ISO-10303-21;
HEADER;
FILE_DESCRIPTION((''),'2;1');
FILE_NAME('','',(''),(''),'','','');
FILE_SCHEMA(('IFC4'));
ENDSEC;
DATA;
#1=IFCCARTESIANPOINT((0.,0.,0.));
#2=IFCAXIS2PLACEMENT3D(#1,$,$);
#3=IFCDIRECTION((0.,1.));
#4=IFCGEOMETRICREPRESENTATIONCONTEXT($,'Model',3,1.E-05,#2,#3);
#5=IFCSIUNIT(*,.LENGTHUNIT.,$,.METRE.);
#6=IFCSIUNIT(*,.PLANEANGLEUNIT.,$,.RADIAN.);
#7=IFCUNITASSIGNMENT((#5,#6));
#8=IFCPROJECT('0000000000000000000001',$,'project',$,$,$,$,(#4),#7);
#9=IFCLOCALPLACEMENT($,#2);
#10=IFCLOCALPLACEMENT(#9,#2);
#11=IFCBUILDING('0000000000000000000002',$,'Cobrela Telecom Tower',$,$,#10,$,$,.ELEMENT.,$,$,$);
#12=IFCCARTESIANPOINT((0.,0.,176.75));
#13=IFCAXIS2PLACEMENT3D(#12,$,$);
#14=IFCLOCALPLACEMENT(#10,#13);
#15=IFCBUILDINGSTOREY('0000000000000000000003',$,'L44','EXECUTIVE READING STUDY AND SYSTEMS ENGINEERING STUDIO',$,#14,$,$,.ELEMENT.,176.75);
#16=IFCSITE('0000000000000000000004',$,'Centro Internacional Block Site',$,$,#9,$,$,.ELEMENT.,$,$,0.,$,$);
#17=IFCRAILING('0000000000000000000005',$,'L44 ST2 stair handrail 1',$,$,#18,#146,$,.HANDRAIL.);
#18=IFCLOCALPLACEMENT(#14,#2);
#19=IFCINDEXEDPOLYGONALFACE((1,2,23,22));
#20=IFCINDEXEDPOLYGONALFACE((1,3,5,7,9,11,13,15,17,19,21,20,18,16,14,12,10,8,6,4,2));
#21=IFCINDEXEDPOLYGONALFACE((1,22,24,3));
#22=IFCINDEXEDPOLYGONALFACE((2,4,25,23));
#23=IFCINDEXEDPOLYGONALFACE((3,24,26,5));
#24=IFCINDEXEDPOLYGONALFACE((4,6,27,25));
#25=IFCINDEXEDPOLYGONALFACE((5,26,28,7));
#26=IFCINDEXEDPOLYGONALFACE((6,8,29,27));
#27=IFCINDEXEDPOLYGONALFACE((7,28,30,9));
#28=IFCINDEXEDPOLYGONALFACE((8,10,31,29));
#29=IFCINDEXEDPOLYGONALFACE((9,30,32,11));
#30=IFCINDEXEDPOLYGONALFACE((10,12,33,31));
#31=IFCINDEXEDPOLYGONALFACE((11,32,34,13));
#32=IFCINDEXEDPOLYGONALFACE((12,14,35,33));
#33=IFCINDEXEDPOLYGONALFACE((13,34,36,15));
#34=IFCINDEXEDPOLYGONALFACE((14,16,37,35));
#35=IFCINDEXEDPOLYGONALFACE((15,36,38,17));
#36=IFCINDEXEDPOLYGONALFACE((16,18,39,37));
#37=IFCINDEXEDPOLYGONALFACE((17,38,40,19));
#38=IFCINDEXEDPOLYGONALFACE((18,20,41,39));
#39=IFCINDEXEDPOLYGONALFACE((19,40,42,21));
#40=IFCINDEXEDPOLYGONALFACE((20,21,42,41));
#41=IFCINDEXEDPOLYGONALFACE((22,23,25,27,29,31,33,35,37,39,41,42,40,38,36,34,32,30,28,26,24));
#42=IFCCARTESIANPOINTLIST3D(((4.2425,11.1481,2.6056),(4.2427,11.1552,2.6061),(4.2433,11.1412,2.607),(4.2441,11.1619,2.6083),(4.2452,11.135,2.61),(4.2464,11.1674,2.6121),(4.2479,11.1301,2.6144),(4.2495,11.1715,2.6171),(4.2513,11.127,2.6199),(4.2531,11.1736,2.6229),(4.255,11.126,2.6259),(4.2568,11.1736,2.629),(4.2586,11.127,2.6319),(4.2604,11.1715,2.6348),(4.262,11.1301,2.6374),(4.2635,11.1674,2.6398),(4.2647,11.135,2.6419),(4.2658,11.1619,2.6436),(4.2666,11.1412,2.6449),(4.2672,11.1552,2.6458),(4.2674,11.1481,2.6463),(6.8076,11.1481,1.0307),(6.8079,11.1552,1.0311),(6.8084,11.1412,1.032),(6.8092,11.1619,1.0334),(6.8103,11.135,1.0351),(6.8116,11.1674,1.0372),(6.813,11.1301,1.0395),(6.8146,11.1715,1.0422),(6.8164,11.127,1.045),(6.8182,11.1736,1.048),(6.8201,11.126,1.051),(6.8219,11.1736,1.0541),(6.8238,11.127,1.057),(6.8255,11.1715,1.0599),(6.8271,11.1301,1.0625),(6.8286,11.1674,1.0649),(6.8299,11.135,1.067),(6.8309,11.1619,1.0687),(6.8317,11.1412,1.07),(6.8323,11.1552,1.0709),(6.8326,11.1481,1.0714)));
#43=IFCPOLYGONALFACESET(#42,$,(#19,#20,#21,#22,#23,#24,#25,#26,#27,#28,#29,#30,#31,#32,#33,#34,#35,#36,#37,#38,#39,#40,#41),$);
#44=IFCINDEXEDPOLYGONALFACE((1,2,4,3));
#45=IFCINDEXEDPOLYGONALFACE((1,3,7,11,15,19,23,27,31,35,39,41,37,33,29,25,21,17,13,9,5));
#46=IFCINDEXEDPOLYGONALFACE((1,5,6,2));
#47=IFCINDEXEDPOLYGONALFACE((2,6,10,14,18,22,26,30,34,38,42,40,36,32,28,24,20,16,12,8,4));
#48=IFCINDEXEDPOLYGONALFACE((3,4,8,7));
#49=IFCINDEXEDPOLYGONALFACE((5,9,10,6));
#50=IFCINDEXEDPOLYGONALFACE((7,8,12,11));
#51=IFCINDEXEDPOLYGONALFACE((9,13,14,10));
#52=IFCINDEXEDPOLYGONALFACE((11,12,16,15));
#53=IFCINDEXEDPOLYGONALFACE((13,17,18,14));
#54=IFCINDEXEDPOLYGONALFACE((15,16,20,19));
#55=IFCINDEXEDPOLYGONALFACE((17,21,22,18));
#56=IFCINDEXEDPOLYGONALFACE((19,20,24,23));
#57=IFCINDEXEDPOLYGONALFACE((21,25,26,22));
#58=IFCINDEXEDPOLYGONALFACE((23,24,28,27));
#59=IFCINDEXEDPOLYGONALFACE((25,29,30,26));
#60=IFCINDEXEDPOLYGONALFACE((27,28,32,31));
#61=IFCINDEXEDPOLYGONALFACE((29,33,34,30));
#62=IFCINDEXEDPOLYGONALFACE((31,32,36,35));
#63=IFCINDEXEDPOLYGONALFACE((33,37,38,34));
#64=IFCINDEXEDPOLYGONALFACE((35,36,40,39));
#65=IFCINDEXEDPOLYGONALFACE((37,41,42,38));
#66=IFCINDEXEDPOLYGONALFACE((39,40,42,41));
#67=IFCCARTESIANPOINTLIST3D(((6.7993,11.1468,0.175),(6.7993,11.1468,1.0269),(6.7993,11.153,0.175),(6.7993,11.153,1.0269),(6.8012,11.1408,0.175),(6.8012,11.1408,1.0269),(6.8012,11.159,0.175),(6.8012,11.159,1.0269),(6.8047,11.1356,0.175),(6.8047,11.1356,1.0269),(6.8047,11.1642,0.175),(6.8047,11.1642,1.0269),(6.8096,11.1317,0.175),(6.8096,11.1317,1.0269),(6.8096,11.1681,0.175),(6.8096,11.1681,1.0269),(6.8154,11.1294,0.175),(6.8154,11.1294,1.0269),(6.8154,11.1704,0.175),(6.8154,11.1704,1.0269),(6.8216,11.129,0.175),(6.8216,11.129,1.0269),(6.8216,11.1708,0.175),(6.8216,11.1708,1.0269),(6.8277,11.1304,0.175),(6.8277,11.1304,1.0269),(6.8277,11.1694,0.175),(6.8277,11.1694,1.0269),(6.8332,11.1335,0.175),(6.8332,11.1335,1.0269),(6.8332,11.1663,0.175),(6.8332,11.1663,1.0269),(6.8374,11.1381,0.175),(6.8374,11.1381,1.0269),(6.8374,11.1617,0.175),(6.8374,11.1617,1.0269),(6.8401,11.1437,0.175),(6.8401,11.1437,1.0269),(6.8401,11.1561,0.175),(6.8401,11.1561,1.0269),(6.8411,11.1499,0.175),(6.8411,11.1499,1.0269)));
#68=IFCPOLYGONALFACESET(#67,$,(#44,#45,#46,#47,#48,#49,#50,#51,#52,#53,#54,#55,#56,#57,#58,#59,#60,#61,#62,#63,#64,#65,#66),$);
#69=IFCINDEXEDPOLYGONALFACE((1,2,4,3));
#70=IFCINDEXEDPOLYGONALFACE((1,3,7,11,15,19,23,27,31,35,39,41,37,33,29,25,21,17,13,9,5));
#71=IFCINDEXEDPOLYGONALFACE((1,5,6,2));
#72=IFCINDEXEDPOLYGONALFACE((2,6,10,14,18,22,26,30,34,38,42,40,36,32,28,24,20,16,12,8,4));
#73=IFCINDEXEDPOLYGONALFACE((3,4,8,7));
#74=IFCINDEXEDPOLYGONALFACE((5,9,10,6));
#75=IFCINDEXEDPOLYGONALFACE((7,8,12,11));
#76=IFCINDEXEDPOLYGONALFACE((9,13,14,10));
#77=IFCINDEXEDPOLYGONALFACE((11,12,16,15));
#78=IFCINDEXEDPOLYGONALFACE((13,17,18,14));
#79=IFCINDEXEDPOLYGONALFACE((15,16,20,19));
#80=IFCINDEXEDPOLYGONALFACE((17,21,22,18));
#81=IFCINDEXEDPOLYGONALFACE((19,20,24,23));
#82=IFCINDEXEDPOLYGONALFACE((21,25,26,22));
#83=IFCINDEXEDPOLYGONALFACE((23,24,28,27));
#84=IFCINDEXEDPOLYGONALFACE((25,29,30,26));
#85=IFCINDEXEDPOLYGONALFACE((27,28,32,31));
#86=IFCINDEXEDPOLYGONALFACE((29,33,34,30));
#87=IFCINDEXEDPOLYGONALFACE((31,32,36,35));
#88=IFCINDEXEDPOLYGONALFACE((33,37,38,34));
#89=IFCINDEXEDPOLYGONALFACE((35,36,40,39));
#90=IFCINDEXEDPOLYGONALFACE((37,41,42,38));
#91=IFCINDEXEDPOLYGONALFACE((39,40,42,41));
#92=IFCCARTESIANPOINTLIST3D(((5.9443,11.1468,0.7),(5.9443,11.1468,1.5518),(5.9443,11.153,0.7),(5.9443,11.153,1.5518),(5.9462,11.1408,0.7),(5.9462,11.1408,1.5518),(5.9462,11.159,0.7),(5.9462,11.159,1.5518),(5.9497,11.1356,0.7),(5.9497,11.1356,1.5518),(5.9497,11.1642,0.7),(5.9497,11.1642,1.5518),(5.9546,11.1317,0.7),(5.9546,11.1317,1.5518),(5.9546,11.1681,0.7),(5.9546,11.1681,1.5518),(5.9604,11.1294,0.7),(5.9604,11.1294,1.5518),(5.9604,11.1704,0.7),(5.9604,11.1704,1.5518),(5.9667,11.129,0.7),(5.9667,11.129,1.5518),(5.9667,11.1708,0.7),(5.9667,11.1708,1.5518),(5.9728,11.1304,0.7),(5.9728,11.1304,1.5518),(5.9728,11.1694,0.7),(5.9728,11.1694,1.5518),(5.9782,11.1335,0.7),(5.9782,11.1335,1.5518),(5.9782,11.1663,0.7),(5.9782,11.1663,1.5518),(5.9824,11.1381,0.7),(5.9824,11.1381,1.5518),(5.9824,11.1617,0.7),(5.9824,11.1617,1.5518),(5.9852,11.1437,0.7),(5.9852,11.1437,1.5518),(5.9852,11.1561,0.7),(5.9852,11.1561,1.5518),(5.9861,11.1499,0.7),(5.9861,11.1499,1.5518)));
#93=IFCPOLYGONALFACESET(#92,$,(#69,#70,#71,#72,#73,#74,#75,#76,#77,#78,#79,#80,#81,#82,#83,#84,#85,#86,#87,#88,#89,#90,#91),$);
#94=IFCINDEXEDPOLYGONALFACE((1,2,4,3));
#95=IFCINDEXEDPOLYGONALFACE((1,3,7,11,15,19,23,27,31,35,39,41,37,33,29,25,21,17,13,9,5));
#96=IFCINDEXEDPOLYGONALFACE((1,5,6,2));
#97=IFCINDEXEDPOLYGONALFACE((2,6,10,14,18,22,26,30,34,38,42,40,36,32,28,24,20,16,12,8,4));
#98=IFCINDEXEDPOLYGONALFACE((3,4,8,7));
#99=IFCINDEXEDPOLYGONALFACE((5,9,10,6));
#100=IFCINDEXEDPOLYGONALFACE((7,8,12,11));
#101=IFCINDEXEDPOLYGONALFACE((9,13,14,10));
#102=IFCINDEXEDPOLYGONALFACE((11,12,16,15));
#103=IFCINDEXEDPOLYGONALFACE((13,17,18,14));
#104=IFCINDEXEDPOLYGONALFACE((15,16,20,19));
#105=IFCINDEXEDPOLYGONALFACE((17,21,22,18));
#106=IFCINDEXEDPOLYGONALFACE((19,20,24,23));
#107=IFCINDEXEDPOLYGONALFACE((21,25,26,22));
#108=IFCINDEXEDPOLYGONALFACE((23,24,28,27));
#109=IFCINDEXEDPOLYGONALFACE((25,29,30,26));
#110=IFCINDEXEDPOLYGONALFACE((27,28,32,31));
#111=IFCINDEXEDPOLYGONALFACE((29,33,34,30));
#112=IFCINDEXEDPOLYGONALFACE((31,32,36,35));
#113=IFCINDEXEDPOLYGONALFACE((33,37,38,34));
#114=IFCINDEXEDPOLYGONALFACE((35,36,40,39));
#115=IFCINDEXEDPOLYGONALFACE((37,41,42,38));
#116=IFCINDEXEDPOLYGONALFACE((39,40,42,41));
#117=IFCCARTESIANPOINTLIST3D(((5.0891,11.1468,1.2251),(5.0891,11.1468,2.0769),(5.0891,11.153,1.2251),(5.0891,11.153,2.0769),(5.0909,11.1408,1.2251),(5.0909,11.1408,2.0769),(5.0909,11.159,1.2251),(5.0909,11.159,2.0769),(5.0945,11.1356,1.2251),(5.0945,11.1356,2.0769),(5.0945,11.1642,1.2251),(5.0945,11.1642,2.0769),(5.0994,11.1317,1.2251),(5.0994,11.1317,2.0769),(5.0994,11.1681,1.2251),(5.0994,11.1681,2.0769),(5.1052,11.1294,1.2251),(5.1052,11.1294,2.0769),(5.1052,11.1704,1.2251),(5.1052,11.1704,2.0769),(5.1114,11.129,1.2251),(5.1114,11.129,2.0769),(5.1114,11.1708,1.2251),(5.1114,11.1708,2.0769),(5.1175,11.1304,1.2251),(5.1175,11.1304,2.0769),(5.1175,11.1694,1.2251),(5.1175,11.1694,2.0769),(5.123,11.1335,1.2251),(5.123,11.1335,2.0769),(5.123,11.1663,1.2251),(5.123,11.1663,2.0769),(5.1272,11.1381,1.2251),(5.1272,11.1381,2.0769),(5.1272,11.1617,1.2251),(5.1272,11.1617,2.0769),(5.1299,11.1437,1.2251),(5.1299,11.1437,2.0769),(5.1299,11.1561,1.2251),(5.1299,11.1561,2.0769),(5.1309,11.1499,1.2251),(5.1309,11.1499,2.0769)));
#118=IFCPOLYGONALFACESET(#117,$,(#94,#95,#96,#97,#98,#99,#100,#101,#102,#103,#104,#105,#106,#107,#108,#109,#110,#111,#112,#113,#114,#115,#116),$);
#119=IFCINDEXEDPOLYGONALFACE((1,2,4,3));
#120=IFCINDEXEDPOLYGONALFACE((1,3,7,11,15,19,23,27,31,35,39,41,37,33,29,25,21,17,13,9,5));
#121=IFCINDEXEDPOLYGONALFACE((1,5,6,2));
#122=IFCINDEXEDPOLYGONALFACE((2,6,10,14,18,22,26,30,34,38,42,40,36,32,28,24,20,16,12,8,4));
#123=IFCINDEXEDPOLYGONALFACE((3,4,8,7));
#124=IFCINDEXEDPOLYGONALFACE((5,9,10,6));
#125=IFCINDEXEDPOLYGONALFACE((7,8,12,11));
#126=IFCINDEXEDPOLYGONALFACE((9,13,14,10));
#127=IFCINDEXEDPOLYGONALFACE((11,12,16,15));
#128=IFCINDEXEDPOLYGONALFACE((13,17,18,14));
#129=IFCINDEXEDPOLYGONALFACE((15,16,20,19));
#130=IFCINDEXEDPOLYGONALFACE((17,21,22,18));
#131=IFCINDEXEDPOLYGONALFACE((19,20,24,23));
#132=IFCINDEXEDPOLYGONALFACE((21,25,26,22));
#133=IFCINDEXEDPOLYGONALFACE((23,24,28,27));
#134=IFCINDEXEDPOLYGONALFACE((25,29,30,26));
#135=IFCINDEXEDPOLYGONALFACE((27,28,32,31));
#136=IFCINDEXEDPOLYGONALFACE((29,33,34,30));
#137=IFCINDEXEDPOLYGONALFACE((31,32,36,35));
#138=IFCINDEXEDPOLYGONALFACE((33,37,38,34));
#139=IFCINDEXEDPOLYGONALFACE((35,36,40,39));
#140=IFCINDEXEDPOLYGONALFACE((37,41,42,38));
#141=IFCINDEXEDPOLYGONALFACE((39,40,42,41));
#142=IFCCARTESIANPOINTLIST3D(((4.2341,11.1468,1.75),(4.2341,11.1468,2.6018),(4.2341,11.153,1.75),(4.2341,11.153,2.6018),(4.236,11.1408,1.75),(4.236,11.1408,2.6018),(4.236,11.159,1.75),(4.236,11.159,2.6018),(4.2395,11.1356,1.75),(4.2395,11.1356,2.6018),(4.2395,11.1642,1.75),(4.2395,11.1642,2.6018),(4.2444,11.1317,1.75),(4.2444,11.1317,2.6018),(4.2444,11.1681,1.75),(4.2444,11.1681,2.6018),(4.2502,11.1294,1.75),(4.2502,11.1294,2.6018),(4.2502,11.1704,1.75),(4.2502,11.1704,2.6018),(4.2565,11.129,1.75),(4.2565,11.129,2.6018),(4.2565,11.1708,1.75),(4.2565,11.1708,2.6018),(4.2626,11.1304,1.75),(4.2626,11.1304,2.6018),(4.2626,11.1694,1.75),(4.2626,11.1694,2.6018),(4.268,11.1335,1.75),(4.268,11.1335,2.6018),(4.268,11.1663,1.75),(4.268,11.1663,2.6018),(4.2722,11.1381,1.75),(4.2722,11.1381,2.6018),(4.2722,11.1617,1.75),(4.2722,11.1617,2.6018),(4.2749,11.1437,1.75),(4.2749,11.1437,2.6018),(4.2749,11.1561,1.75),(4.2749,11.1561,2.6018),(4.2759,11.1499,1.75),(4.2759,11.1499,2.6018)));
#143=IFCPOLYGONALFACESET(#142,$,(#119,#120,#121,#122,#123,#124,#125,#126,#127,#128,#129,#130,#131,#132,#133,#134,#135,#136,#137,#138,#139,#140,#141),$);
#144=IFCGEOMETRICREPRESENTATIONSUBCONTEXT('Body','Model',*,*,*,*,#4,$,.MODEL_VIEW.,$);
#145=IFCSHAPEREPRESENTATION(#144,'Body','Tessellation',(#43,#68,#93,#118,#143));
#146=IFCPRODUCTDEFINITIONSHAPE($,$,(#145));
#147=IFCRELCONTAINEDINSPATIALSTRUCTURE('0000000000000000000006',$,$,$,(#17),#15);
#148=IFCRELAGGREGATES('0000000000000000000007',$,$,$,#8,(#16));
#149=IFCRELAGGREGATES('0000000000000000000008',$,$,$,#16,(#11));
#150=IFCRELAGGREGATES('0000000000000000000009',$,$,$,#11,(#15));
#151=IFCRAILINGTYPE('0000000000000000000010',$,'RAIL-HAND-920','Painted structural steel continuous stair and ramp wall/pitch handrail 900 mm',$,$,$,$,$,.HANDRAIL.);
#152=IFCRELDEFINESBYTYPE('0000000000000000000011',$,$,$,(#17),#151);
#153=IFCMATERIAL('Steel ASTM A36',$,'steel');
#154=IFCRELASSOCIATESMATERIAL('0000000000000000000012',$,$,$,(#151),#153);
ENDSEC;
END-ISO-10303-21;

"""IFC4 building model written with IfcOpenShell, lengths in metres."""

from ifc_helpers import new_model, si_unit, direction, frame, origin, origin_2d, place, context, subcontext, project, spatial, circle, extrude, material, type_object, element, save


model = new_model("IFC4")

# Units and contexts
model_context = context("Model", 3, precision=1e-05, world=origin(), true_north=direction((0.0, 1.0)))
body_context = subcontext(model_context, "Body", "Model", "MODEL_VIEW")
ifc_project = project(units=[si_unit("LENGTHUNIT", "METRE"), si_unit("PLANEANGLEUNIT", "RADIAN")], contexts=[model_context])

# Site, building, storey
site_placement = place(None, origin())
site = spatial("IfcSite", under=ifc_project, at=site_placement, Name="Centro Internacional Block Site", CompositionType="ELEMENT", RefElevation=0.0)
building_placement = place(site_placement, origin())
building = spatial("IfcBuilding", under=site, at=building_placement, Name="Cobrela Telecom Tower", CompositionType="ELEMENT")
storey_placement = place(building_placement, frame((0.0, 0.0, 176.75)))
storey = spatial("IfcBuildingStorey", under=building, at=storey_placement, Name="L44", Description="EXECUTIVE READING STUDY AND SYSTEMS ENGINEERING STUDIO", CompositionType="ELEMENT", Elevation=176.75)

# Railing
ifc_material_1 = material(Name="Steel ASTM A36", Category="steel")
railing_type_1 = type_object("IfcRailingType", Name="RAIL-HAND-920", Description="Painted structural steel continuous stair and ramp wall/pitch handrail 900 mm", PredefinedType="HANDRAIL", material=ifc_material_1)
railing_1_placement = place(storey_placement, frame((6.8201, 11.1499, 0.175)))
element("IfcRailing", 1, at=railing_1_placement, inside=storey, type_object=railing_type_1, Name="L44 ST2 stair handrail 1", PredefinedType="HANDRAIL", context=body_context, shape_type="SweptSolid", body=[
    extrude(circle(Radius=0.0239, at=origin_2d()), frame((0.0, 0.0, 0.876), z_axis=(-0.852195, 0.0, 0.523224), x_axis=(0.0, -1.0, 0.0)), (0.0, 0.0, 1.0), 3.01),
    extrude(circle(Radius=0.021, at=origin_2d()), origin(), (0.0, 0.0, 1.0), 0.8518),
    extrude(circle(Radius=0.021, at=origin_2d()), frame((-0.855, 0.0, 0.5249)), (0.0, 0.0, 1.0), 0.8518),
    extrude(circle(Radius=0.021, at=origin_2d()), frame((-1.7102, 0.0, 1.05)), (0.0, 0.0, 1.0), 0.8518),
    extrude(circle(Radius=0.021, at=origin_2d()), frame((-2.5652, 0.0, 1.575)), (0.0, 0.0, 1.0), 0.8518),
])

save(model, "model.ifc")
